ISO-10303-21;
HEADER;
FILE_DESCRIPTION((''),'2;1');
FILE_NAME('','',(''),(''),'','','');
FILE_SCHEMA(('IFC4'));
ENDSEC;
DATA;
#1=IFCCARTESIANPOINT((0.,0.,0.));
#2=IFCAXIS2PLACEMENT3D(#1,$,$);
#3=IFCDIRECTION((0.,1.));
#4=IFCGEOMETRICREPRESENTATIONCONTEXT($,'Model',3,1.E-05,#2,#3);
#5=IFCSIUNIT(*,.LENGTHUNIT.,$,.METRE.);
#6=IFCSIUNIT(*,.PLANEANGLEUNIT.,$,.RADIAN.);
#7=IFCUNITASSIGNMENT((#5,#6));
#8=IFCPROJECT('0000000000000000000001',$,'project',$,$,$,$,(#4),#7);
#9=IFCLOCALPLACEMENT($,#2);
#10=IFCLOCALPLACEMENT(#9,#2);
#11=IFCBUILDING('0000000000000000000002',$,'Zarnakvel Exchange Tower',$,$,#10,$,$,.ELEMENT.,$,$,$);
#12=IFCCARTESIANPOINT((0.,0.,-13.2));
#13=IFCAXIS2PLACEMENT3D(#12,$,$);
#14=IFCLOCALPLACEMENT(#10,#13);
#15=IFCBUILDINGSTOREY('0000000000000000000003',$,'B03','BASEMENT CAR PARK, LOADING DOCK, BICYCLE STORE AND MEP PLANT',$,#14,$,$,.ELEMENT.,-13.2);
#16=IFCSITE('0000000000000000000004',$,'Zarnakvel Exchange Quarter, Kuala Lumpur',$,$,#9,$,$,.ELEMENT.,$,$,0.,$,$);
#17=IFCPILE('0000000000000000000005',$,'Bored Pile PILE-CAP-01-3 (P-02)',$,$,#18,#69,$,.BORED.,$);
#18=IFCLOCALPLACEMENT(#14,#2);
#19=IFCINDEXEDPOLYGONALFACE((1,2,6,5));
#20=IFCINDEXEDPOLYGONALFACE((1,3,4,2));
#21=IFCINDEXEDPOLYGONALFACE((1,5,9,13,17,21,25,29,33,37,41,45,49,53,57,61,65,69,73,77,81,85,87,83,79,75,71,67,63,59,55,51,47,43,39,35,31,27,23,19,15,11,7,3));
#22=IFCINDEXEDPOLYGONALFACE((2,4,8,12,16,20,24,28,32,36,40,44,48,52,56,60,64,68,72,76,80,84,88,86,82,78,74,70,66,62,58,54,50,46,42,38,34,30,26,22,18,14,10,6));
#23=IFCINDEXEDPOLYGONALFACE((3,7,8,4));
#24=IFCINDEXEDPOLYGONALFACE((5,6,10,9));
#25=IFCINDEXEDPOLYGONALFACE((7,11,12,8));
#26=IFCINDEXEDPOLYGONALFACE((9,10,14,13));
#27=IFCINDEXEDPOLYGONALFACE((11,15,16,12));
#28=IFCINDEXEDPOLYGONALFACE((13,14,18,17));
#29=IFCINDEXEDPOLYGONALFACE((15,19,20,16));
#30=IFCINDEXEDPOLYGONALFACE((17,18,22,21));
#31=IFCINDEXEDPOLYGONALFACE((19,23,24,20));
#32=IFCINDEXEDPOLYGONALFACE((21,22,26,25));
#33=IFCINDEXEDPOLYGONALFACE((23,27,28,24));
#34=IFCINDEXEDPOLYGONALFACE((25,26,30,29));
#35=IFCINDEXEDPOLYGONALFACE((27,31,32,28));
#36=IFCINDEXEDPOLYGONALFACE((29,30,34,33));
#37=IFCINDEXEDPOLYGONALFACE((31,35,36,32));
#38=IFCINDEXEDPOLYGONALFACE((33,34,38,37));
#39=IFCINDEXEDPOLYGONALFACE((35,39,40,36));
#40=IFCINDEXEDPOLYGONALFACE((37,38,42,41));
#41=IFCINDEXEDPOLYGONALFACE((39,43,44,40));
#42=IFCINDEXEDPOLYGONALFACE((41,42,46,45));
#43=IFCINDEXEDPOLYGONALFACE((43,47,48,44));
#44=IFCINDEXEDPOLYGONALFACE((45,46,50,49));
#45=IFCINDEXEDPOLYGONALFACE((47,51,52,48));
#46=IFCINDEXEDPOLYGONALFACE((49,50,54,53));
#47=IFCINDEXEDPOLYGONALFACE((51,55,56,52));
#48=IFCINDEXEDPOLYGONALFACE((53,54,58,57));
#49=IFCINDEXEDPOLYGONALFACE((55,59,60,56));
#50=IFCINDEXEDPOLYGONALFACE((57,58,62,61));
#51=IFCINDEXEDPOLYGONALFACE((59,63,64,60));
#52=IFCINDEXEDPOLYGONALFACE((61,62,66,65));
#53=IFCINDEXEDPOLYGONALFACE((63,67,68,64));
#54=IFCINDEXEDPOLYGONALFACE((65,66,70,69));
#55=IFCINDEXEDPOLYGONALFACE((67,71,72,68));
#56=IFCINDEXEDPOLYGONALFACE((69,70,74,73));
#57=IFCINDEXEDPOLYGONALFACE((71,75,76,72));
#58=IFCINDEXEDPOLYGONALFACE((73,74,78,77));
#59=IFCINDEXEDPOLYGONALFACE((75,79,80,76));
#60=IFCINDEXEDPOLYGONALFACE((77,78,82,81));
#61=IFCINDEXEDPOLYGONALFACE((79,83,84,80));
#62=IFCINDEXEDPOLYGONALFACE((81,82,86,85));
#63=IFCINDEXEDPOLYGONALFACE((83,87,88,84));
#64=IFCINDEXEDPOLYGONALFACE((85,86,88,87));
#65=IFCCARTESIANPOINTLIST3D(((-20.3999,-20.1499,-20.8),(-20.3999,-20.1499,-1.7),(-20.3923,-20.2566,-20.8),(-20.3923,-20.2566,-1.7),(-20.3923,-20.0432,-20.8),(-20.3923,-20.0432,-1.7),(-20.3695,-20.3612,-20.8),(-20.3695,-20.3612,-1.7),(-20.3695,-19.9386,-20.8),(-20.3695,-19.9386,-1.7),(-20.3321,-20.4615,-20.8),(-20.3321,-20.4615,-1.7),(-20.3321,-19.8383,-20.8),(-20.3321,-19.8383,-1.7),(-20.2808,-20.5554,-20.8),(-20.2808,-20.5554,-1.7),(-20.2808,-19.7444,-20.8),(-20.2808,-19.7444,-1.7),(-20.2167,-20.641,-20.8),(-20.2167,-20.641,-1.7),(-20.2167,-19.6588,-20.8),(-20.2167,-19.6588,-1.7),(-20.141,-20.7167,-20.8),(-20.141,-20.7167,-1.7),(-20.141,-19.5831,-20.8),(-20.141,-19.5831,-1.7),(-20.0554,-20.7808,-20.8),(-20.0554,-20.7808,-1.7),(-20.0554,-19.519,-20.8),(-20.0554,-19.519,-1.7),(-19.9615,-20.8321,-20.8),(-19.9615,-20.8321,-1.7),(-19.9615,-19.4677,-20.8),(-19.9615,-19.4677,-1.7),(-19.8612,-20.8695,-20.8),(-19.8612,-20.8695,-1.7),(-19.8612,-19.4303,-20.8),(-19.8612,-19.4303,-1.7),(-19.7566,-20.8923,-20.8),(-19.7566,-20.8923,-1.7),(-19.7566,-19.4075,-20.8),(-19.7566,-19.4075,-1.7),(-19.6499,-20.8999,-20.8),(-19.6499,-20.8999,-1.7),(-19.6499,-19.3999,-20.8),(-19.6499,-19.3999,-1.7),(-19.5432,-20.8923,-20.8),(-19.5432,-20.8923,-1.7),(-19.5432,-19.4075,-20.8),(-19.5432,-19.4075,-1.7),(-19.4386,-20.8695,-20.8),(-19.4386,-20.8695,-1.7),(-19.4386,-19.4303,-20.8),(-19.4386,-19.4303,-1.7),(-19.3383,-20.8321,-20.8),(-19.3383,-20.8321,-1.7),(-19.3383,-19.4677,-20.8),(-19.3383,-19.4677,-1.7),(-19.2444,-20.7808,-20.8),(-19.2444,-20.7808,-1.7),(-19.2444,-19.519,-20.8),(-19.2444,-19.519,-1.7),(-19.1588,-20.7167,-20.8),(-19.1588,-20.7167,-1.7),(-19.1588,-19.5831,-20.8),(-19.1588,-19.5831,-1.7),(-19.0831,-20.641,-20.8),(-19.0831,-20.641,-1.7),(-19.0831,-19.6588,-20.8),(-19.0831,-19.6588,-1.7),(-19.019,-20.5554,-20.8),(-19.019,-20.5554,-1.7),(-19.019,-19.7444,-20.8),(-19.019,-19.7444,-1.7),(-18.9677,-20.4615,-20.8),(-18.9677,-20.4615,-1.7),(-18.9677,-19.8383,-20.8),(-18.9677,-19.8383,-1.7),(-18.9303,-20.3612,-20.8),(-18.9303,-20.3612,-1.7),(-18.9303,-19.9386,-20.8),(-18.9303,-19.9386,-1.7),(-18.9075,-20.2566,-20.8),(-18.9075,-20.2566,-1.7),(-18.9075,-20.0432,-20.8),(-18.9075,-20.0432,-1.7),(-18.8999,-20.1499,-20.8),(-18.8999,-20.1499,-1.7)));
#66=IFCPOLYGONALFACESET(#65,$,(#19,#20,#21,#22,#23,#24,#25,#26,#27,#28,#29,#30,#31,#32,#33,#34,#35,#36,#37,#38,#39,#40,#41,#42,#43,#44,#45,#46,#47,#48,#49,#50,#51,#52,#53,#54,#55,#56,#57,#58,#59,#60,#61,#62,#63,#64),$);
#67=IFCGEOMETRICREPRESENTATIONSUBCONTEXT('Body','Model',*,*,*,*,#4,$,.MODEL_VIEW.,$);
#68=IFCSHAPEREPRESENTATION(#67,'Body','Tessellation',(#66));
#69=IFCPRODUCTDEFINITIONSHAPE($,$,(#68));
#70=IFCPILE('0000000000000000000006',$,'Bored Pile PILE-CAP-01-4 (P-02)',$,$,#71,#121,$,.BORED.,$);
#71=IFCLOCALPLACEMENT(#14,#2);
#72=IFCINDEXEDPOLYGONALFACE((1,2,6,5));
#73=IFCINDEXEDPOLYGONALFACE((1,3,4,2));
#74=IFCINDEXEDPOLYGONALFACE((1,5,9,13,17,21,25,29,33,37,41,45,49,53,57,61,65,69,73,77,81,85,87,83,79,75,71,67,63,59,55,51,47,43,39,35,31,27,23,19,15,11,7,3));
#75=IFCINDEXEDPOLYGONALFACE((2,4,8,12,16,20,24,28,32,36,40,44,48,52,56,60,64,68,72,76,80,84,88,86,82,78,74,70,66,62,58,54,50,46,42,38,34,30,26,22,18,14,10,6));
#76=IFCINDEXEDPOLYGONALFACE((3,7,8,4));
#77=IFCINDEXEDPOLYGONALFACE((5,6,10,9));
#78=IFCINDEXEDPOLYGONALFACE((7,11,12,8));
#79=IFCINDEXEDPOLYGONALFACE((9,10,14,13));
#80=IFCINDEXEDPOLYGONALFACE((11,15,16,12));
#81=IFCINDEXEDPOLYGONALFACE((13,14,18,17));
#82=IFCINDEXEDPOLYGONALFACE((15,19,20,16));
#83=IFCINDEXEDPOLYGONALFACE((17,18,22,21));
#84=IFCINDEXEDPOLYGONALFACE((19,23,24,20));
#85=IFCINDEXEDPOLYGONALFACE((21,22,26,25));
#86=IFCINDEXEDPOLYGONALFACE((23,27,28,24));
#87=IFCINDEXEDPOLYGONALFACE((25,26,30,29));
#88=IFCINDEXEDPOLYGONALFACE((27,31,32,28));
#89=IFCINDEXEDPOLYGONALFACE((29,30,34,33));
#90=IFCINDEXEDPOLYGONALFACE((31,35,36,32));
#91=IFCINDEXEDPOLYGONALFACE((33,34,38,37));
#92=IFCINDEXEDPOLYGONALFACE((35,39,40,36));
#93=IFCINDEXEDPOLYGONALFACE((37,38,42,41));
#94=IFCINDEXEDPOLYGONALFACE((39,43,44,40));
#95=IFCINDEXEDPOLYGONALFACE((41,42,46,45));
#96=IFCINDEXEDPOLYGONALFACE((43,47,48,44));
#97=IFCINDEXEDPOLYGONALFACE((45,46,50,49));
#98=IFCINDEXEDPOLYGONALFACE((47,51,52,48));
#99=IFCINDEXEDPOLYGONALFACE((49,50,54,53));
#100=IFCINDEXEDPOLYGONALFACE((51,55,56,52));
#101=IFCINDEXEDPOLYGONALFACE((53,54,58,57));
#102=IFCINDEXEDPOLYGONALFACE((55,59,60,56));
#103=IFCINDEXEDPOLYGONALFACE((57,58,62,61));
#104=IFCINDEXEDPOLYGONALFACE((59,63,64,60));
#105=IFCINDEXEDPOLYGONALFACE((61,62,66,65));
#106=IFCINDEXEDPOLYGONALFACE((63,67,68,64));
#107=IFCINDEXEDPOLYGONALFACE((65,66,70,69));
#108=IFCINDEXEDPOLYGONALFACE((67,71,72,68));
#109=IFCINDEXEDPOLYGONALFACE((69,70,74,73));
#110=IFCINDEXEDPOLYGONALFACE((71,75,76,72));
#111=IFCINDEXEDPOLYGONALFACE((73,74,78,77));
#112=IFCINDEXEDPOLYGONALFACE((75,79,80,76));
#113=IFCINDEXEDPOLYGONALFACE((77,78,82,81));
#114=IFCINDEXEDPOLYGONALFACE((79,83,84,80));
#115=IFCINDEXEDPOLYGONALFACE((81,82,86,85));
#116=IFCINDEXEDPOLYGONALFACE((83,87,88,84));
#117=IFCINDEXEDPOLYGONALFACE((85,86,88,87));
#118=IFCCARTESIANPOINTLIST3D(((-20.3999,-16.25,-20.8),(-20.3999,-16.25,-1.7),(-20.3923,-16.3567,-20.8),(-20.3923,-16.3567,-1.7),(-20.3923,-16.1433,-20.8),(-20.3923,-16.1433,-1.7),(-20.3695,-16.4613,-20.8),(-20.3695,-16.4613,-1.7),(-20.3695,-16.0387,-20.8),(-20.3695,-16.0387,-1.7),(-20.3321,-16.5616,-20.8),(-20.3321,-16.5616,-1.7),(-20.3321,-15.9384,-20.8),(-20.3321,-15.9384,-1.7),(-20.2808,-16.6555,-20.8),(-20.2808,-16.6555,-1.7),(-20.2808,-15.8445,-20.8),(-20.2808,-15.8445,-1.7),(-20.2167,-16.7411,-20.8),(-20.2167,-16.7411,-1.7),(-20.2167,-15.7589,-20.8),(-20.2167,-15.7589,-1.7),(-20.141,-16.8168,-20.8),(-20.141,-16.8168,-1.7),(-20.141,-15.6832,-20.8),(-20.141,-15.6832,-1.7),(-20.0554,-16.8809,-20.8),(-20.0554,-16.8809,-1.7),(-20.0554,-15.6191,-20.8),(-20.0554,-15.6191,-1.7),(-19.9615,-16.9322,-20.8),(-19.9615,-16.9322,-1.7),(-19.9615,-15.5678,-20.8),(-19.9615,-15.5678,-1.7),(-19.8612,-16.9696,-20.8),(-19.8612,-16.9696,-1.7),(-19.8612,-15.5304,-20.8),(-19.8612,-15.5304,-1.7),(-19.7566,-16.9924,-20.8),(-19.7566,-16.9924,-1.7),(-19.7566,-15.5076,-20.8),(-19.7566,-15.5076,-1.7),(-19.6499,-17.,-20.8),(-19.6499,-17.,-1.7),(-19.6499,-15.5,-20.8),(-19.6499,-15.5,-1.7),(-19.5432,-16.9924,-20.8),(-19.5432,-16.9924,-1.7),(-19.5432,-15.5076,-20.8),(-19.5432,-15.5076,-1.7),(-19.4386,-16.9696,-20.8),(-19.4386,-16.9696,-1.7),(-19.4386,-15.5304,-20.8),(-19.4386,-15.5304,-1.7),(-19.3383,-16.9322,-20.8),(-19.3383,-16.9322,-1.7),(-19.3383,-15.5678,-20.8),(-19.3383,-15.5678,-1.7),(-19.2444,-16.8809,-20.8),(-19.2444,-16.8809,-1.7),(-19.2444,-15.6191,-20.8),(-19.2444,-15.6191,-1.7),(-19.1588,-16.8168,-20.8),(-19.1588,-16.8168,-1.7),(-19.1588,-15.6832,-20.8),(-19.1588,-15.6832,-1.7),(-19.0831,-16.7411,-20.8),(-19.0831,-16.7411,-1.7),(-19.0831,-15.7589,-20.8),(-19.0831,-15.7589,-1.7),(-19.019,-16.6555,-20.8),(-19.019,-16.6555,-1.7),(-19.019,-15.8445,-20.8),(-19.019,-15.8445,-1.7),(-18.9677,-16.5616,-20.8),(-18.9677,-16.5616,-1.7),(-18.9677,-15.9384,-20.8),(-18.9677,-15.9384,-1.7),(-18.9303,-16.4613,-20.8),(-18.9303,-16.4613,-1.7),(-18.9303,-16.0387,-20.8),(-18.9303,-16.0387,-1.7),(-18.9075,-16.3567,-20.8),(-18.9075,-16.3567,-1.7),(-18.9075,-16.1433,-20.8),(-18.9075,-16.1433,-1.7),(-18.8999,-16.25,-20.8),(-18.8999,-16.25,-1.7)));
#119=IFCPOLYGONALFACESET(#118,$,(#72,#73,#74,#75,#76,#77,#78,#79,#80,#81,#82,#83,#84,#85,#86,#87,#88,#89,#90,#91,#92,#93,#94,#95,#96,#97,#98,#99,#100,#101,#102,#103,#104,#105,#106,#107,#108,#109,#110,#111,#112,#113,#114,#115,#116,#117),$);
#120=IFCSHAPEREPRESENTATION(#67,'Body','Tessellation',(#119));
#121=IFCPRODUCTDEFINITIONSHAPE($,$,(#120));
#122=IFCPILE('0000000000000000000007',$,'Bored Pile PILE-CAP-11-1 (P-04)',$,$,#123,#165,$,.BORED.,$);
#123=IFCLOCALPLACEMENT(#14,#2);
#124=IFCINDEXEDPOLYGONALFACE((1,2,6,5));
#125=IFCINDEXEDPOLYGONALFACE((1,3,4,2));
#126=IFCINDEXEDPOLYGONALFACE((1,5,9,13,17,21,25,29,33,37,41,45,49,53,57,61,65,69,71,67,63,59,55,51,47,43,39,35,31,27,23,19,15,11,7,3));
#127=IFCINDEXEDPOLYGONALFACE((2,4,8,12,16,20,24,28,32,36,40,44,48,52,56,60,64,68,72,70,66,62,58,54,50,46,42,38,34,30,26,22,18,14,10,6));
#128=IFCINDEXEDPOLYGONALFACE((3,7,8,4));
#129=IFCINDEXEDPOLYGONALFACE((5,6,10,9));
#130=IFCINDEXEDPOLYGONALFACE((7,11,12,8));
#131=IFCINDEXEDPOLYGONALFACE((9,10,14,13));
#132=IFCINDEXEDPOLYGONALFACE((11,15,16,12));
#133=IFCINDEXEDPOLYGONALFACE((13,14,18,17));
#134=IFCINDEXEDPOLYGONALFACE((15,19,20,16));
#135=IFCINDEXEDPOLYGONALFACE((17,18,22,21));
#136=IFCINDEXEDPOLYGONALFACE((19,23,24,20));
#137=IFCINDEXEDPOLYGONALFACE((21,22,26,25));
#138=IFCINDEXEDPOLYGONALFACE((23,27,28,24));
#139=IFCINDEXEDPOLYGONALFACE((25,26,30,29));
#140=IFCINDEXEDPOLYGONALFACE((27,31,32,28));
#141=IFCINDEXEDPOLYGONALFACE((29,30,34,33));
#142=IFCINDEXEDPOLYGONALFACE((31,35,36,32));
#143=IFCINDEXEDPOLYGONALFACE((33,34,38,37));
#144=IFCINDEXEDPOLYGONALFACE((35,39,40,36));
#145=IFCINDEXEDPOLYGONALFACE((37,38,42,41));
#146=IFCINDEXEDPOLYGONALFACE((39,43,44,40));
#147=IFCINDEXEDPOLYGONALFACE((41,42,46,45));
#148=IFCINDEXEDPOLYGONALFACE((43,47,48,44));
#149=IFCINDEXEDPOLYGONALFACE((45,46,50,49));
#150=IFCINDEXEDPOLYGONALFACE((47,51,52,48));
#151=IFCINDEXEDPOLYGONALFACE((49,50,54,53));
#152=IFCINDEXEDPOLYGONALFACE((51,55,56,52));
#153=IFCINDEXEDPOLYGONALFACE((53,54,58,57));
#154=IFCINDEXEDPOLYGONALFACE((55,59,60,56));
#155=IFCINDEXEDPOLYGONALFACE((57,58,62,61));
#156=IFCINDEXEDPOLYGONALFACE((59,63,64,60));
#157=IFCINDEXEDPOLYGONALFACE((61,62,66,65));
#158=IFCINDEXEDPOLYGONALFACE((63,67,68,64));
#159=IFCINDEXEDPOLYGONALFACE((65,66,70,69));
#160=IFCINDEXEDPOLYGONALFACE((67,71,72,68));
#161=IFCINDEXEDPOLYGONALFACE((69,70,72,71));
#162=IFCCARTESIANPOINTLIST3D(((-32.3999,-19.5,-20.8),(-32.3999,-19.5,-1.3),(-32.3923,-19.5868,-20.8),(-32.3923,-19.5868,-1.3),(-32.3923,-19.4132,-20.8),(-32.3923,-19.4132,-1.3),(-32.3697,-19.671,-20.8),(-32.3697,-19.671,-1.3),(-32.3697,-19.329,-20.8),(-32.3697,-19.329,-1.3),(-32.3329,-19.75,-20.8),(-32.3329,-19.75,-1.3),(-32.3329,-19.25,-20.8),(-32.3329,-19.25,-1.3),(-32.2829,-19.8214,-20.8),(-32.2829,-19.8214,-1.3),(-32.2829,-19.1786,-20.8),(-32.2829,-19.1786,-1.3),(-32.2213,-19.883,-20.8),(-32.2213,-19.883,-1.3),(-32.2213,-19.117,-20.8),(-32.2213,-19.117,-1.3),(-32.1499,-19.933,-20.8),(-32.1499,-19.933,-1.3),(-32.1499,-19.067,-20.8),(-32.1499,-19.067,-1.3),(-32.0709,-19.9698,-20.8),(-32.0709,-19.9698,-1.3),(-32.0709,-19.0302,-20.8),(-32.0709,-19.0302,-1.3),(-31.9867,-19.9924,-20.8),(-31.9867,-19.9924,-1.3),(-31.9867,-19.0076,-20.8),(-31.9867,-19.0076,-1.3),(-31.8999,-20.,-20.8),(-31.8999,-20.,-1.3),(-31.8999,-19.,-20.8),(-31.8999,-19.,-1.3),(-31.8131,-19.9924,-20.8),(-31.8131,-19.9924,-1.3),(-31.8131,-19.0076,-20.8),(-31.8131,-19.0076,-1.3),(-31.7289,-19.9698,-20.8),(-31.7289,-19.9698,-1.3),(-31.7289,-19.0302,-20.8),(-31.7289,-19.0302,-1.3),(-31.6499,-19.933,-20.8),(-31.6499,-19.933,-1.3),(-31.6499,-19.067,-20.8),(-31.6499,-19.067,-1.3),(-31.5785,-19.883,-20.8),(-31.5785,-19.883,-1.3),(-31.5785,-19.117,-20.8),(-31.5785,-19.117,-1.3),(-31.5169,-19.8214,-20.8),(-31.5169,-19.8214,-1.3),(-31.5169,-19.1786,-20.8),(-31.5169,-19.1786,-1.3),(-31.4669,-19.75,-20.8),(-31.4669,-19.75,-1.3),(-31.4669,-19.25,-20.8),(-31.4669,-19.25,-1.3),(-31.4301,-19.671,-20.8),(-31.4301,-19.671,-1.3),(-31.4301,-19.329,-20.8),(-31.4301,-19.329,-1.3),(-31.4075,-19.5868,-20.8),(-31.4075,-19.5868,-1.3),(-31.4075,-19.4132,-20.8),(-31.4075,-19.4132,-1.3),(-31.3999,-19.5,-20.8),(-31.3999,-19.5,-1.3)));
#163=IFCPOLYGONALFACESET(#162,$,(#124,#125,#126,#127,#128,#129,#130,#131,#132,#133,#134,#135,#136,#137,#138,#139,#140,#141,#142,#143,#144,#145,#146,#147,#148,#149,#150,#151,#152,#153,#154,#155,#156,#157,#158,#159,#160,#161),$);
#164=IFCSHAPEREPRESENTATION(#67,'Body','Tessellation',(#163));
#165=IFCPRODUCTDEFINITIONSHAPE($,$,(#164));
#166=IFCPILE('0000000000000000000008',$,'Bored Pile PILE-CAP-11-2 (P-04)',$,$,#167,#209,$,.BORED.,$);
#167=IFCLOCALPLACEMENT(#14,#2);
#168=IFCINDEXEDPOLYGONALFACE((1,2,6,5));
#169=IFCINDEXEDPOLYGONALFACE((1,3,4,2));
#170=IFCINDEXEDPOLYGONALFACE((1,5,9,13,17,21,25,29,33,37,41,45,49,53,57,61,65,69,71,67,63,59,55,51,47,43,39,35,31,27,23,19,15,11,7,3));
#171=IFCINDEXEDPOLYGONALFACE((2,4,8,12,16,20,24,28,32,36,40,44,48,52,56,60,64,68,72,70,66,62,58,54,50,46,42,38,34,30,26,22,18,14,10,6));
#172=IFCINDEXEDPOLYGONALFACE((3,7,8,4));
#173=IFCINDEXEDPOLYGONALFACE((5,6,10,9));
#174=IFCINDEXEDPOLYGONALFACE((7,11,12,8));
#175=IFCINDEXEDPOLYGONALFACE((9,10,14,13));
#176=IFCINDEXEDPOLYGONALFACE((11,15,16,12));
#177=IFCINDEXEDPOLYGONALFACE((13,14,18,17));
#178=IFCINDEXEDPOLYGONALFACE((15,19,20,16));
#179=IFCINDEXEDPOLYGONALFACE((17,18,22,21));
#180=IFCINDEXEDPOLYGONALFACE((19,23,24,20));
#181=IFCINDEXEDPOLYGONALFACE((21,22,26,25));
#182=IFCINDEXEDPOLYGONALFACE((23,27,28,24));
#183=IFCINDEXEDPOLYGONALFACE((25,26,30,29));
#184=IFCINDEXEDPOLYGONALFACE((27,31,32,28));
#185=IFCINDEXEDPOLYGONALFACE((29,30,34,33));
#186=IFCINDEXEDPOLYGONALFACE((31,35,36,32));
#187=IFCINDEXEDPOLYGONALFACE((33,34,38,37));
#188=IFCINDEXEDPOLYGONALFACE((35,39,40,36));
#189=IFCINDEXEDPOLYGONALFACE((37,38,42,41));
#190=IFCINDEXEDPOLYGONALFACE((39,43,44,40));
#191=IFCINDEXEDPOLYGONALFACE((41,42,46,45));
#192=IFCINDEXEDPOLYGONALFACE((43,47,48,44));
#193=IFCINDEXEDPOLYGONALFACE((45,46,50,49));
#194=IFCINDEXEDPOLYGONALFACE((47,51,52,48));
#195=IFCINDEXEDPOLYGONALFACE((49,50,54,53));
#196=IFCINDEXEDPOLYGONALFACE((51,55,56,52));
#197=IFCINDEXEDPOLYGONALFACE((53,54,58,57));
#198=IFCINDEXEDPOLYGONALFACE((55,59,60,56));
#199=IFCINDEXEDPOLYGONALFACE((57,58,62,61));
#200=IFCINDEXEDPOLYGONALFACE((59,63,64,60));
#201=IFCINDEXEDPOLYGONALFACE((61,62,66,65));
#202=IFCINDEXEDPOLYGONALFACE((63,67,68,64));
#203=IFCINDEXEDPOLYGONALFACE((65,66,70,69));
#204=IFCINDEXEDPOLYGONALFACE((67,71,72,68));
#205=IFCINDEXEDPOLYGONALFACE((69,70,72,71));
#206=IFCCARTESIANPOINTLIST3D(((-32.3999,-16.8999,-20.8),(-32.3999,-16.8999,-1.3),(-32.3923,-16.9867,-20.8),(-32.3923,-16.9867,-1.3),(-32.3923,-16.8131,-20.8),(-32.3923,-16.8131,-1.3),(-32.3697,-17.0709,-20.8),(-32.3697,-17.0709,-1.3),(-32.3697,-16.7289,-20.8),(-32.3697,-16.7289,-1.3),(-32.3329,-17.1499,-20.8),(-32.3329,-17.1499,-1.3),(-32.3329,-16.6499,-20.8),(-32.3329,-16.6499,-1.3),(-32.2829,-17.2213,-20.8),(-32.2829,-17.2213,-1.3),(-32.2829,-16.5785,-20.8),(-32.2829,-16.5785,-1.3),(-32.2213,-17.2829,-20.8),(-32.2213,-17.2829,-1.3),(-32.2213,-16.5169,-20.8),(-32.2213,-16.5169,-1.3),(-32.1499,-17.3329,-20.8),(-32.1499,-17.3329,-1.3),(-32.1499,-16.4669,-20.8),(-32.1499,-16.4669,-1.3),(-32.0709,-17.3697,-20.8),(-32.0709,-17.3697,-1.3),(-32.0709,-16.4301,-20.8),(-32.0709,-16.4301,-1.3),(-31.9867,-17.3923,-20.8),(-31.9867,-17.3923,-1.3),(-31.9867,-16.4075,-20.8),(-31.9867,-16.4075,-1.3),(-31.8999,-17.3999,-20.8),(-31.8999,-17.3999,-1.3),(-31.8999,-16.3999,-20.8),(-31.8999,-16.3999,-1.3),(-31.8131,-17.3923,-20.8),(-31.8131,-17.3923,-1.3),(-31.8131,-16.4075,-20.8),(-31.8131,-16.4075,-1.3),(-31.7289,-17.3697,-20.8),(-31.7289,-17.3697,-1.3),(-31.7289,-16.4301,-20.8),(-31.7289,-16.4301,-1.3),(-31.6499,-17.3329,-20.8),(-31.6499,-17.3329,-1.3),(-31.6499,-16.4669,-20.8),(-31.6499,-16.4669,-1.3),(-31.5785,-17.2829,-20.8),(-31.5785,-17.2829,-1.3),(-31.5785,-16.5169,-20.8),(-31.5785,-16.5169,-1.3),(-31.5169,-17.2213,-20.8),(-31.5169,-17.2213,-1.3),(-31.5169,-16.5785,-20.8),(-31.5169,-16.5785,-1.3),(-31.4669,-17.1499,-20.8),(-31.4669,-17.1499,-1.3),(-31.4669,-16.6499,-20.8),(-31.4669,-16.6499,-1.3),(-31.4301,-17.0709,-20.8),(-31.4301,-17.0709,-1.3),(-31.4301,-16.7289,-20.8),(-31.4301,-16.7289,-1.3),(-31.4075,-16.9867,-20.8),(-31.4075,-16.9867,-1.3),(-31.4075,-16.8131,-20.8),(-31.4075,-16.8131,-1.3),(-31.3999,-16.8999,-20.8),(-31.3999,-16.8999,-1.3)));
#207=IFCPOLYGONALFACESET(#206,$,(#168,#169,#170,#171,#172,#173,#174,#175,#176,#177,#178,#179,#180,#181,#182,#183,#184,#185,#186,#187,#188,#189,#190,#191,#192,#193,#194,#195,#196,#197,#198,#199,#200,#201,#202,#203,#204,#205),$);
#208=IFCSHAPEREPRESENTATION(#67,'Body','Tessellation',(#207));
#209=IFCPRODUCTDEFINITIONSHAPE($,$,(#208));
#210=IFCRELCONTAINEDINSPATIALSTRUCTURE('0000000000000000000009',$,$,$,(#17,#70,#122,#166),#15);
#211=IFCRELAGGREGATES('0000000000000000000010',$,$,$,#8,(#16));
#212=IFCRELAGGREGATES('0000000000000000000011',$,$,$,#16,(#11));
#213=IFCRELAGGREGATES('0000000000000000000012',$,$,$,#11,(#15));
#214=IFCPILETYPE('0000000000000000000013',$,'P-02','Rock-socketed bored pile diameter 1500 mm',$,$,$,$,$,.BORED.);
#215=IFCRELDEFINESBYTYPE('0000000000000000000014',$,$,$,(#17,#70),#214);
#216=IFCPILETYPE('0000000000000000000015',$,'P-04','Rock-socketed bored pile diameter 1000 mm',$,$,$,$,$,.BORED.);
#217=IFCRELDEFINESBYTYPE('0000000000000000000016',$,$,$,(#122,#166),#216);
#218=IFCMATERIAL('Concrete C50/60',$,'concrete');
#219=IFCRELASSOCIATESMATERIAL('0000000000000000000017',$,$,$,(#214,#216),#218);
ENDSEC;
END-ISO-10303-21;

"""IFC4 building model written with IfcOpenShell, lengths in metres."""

from ifc_helpers import new_model, si_unit, direction, frame, origin, origin_2d, place, context, subcontext, project, spatial, circle, extrude, material, material_profile, profile_set, type_object, element, save


model = new_model("IFC4")

# Units and contexts
model_context = context("Model", 3, precision=1e-05, world=origin(), true_north=direction((0.0, 1.0)))
body_context = subcontext(model_context, "Body", "Model", "MODEL_VIEW")
ifc_project = project(units=[si_unit("LENGTHUNIT", "METRE"), si_unit("PLANEANGLEUNIT", "RADIAN")], contexts=[model_context])

# Site, building, storey
site_placement = place(None, origin())
site = spatial("IfcSite", under=ifc_project, at=site_placement, Name="Zarnakvel Exchange Quarter, Kuala Lumpur", CompositionType="ELEMENT", RefElevation=0.0)
building_placement = place(site_placement, origin())
building = spatial("IfcBuilding", under=site, at=building_placement, Name="Zarnakvel Exchange Tower", CompositionType="ELEMENT")
storey_placement = place(building_placement, frame((0.0, 0.0, -13.2)))
storey = spatial("IfcBuildingStorey", under=building, at=storey_placement, Name="B03", Description="BASEMENT CAR PARK, LOADING DOCK, BICYCLE STORE AND MEP PLANT", CompositionType="ELEMENT", Elevation=-13.2)

# Shared definitions
ifc_material_1 = material(Name="Concrete C50/60", Category="concrete")

# Piles
ifc_material_profile_1 = material_profile(ifc_material_1, circle(Radius=0.75, at=origin_2d()))
ifc_profile_set_1 = profile_set([ifc_material_profile_1], Name="Concrete C50/60")
pile_type_1 = type_object("IfcPileType", Name="P-02", Description="Rock-socketed bored pile diameter 1500 mm", PredefinedType="BORED", material=ifc_profile_set_1)
for number, where, z_axis, x_axis, name in (
    (1, (-19.6499, -20.1499, -1.7), (0.0, 0.0, -1.0), (1.0, 0.0, 0.0), "Bored Pile PILE-CAP-01-3 (P-02)"),
    (2, (-19.6499, -16.25, -1.7), (0.0, 0.0, -1.0), (1.0, 0.0, 0.0), "Bored Pile PILE-CAP-01-4 (P-02)"),
):
    element("IfcPile", number, at=place(storey_placement, frame(where, z_axis=z_axis, x_axis=x_axis)), inside=storey, type_object=pile_type_1, Name=name, PredefinedType="BORED", context=body_context, shape_type="SweptSolid", body=[
        extrude(circle(Radius=0.75, at=origin_2d()), origin(), (0.0, 0.0, 1.0), 19.1001),
    ])
ifc_material_profile_2 = material_profile(ifc_material_1, circle(Radius=0.5, at=origin_2d()))
ifc_profile_set_2 = profile_set([ifc_material_profile_2], Name="Concrete C50/60")
pile_type_2 = type_object("IfcPileType", Name="P-04", Description="Rock-socketed bored pile diameter 1000 mm", PredefinedType="BORED", material=ifc_profile_set_2)
for number, where, z_axis, x_axis, name in (
    (3, (-31.8999, -19.5, -1.3), (0.0, 0.0, -1.0), (1.0, 0.0, 0.0), "Bored Pile PILE-CAP-11-1 (P-04)"),
    (4, (-31.8999, -16.8999, -1.3), (0.0, 0.0, -1.0), (1.0, 0.0, 0.0), "Bored Pile PILE-CAP-11-2 (P-04)"),
):
    element("IfcPile", number, at=place(storey_placement, frame(where, z_axis=z_axis, x_axis=x_axis)), inside=storey, type_object=pile_type_2, Name=name, PredefinedType="BORED", context=body_context, shape_type="SweptSolid", body=[
        extrude(circle(Radius=0.5, at=origin_2d()), origin(), (0.0, 0.0, 1.0), 19.5),
    ])

save(model, "model.ifc")
